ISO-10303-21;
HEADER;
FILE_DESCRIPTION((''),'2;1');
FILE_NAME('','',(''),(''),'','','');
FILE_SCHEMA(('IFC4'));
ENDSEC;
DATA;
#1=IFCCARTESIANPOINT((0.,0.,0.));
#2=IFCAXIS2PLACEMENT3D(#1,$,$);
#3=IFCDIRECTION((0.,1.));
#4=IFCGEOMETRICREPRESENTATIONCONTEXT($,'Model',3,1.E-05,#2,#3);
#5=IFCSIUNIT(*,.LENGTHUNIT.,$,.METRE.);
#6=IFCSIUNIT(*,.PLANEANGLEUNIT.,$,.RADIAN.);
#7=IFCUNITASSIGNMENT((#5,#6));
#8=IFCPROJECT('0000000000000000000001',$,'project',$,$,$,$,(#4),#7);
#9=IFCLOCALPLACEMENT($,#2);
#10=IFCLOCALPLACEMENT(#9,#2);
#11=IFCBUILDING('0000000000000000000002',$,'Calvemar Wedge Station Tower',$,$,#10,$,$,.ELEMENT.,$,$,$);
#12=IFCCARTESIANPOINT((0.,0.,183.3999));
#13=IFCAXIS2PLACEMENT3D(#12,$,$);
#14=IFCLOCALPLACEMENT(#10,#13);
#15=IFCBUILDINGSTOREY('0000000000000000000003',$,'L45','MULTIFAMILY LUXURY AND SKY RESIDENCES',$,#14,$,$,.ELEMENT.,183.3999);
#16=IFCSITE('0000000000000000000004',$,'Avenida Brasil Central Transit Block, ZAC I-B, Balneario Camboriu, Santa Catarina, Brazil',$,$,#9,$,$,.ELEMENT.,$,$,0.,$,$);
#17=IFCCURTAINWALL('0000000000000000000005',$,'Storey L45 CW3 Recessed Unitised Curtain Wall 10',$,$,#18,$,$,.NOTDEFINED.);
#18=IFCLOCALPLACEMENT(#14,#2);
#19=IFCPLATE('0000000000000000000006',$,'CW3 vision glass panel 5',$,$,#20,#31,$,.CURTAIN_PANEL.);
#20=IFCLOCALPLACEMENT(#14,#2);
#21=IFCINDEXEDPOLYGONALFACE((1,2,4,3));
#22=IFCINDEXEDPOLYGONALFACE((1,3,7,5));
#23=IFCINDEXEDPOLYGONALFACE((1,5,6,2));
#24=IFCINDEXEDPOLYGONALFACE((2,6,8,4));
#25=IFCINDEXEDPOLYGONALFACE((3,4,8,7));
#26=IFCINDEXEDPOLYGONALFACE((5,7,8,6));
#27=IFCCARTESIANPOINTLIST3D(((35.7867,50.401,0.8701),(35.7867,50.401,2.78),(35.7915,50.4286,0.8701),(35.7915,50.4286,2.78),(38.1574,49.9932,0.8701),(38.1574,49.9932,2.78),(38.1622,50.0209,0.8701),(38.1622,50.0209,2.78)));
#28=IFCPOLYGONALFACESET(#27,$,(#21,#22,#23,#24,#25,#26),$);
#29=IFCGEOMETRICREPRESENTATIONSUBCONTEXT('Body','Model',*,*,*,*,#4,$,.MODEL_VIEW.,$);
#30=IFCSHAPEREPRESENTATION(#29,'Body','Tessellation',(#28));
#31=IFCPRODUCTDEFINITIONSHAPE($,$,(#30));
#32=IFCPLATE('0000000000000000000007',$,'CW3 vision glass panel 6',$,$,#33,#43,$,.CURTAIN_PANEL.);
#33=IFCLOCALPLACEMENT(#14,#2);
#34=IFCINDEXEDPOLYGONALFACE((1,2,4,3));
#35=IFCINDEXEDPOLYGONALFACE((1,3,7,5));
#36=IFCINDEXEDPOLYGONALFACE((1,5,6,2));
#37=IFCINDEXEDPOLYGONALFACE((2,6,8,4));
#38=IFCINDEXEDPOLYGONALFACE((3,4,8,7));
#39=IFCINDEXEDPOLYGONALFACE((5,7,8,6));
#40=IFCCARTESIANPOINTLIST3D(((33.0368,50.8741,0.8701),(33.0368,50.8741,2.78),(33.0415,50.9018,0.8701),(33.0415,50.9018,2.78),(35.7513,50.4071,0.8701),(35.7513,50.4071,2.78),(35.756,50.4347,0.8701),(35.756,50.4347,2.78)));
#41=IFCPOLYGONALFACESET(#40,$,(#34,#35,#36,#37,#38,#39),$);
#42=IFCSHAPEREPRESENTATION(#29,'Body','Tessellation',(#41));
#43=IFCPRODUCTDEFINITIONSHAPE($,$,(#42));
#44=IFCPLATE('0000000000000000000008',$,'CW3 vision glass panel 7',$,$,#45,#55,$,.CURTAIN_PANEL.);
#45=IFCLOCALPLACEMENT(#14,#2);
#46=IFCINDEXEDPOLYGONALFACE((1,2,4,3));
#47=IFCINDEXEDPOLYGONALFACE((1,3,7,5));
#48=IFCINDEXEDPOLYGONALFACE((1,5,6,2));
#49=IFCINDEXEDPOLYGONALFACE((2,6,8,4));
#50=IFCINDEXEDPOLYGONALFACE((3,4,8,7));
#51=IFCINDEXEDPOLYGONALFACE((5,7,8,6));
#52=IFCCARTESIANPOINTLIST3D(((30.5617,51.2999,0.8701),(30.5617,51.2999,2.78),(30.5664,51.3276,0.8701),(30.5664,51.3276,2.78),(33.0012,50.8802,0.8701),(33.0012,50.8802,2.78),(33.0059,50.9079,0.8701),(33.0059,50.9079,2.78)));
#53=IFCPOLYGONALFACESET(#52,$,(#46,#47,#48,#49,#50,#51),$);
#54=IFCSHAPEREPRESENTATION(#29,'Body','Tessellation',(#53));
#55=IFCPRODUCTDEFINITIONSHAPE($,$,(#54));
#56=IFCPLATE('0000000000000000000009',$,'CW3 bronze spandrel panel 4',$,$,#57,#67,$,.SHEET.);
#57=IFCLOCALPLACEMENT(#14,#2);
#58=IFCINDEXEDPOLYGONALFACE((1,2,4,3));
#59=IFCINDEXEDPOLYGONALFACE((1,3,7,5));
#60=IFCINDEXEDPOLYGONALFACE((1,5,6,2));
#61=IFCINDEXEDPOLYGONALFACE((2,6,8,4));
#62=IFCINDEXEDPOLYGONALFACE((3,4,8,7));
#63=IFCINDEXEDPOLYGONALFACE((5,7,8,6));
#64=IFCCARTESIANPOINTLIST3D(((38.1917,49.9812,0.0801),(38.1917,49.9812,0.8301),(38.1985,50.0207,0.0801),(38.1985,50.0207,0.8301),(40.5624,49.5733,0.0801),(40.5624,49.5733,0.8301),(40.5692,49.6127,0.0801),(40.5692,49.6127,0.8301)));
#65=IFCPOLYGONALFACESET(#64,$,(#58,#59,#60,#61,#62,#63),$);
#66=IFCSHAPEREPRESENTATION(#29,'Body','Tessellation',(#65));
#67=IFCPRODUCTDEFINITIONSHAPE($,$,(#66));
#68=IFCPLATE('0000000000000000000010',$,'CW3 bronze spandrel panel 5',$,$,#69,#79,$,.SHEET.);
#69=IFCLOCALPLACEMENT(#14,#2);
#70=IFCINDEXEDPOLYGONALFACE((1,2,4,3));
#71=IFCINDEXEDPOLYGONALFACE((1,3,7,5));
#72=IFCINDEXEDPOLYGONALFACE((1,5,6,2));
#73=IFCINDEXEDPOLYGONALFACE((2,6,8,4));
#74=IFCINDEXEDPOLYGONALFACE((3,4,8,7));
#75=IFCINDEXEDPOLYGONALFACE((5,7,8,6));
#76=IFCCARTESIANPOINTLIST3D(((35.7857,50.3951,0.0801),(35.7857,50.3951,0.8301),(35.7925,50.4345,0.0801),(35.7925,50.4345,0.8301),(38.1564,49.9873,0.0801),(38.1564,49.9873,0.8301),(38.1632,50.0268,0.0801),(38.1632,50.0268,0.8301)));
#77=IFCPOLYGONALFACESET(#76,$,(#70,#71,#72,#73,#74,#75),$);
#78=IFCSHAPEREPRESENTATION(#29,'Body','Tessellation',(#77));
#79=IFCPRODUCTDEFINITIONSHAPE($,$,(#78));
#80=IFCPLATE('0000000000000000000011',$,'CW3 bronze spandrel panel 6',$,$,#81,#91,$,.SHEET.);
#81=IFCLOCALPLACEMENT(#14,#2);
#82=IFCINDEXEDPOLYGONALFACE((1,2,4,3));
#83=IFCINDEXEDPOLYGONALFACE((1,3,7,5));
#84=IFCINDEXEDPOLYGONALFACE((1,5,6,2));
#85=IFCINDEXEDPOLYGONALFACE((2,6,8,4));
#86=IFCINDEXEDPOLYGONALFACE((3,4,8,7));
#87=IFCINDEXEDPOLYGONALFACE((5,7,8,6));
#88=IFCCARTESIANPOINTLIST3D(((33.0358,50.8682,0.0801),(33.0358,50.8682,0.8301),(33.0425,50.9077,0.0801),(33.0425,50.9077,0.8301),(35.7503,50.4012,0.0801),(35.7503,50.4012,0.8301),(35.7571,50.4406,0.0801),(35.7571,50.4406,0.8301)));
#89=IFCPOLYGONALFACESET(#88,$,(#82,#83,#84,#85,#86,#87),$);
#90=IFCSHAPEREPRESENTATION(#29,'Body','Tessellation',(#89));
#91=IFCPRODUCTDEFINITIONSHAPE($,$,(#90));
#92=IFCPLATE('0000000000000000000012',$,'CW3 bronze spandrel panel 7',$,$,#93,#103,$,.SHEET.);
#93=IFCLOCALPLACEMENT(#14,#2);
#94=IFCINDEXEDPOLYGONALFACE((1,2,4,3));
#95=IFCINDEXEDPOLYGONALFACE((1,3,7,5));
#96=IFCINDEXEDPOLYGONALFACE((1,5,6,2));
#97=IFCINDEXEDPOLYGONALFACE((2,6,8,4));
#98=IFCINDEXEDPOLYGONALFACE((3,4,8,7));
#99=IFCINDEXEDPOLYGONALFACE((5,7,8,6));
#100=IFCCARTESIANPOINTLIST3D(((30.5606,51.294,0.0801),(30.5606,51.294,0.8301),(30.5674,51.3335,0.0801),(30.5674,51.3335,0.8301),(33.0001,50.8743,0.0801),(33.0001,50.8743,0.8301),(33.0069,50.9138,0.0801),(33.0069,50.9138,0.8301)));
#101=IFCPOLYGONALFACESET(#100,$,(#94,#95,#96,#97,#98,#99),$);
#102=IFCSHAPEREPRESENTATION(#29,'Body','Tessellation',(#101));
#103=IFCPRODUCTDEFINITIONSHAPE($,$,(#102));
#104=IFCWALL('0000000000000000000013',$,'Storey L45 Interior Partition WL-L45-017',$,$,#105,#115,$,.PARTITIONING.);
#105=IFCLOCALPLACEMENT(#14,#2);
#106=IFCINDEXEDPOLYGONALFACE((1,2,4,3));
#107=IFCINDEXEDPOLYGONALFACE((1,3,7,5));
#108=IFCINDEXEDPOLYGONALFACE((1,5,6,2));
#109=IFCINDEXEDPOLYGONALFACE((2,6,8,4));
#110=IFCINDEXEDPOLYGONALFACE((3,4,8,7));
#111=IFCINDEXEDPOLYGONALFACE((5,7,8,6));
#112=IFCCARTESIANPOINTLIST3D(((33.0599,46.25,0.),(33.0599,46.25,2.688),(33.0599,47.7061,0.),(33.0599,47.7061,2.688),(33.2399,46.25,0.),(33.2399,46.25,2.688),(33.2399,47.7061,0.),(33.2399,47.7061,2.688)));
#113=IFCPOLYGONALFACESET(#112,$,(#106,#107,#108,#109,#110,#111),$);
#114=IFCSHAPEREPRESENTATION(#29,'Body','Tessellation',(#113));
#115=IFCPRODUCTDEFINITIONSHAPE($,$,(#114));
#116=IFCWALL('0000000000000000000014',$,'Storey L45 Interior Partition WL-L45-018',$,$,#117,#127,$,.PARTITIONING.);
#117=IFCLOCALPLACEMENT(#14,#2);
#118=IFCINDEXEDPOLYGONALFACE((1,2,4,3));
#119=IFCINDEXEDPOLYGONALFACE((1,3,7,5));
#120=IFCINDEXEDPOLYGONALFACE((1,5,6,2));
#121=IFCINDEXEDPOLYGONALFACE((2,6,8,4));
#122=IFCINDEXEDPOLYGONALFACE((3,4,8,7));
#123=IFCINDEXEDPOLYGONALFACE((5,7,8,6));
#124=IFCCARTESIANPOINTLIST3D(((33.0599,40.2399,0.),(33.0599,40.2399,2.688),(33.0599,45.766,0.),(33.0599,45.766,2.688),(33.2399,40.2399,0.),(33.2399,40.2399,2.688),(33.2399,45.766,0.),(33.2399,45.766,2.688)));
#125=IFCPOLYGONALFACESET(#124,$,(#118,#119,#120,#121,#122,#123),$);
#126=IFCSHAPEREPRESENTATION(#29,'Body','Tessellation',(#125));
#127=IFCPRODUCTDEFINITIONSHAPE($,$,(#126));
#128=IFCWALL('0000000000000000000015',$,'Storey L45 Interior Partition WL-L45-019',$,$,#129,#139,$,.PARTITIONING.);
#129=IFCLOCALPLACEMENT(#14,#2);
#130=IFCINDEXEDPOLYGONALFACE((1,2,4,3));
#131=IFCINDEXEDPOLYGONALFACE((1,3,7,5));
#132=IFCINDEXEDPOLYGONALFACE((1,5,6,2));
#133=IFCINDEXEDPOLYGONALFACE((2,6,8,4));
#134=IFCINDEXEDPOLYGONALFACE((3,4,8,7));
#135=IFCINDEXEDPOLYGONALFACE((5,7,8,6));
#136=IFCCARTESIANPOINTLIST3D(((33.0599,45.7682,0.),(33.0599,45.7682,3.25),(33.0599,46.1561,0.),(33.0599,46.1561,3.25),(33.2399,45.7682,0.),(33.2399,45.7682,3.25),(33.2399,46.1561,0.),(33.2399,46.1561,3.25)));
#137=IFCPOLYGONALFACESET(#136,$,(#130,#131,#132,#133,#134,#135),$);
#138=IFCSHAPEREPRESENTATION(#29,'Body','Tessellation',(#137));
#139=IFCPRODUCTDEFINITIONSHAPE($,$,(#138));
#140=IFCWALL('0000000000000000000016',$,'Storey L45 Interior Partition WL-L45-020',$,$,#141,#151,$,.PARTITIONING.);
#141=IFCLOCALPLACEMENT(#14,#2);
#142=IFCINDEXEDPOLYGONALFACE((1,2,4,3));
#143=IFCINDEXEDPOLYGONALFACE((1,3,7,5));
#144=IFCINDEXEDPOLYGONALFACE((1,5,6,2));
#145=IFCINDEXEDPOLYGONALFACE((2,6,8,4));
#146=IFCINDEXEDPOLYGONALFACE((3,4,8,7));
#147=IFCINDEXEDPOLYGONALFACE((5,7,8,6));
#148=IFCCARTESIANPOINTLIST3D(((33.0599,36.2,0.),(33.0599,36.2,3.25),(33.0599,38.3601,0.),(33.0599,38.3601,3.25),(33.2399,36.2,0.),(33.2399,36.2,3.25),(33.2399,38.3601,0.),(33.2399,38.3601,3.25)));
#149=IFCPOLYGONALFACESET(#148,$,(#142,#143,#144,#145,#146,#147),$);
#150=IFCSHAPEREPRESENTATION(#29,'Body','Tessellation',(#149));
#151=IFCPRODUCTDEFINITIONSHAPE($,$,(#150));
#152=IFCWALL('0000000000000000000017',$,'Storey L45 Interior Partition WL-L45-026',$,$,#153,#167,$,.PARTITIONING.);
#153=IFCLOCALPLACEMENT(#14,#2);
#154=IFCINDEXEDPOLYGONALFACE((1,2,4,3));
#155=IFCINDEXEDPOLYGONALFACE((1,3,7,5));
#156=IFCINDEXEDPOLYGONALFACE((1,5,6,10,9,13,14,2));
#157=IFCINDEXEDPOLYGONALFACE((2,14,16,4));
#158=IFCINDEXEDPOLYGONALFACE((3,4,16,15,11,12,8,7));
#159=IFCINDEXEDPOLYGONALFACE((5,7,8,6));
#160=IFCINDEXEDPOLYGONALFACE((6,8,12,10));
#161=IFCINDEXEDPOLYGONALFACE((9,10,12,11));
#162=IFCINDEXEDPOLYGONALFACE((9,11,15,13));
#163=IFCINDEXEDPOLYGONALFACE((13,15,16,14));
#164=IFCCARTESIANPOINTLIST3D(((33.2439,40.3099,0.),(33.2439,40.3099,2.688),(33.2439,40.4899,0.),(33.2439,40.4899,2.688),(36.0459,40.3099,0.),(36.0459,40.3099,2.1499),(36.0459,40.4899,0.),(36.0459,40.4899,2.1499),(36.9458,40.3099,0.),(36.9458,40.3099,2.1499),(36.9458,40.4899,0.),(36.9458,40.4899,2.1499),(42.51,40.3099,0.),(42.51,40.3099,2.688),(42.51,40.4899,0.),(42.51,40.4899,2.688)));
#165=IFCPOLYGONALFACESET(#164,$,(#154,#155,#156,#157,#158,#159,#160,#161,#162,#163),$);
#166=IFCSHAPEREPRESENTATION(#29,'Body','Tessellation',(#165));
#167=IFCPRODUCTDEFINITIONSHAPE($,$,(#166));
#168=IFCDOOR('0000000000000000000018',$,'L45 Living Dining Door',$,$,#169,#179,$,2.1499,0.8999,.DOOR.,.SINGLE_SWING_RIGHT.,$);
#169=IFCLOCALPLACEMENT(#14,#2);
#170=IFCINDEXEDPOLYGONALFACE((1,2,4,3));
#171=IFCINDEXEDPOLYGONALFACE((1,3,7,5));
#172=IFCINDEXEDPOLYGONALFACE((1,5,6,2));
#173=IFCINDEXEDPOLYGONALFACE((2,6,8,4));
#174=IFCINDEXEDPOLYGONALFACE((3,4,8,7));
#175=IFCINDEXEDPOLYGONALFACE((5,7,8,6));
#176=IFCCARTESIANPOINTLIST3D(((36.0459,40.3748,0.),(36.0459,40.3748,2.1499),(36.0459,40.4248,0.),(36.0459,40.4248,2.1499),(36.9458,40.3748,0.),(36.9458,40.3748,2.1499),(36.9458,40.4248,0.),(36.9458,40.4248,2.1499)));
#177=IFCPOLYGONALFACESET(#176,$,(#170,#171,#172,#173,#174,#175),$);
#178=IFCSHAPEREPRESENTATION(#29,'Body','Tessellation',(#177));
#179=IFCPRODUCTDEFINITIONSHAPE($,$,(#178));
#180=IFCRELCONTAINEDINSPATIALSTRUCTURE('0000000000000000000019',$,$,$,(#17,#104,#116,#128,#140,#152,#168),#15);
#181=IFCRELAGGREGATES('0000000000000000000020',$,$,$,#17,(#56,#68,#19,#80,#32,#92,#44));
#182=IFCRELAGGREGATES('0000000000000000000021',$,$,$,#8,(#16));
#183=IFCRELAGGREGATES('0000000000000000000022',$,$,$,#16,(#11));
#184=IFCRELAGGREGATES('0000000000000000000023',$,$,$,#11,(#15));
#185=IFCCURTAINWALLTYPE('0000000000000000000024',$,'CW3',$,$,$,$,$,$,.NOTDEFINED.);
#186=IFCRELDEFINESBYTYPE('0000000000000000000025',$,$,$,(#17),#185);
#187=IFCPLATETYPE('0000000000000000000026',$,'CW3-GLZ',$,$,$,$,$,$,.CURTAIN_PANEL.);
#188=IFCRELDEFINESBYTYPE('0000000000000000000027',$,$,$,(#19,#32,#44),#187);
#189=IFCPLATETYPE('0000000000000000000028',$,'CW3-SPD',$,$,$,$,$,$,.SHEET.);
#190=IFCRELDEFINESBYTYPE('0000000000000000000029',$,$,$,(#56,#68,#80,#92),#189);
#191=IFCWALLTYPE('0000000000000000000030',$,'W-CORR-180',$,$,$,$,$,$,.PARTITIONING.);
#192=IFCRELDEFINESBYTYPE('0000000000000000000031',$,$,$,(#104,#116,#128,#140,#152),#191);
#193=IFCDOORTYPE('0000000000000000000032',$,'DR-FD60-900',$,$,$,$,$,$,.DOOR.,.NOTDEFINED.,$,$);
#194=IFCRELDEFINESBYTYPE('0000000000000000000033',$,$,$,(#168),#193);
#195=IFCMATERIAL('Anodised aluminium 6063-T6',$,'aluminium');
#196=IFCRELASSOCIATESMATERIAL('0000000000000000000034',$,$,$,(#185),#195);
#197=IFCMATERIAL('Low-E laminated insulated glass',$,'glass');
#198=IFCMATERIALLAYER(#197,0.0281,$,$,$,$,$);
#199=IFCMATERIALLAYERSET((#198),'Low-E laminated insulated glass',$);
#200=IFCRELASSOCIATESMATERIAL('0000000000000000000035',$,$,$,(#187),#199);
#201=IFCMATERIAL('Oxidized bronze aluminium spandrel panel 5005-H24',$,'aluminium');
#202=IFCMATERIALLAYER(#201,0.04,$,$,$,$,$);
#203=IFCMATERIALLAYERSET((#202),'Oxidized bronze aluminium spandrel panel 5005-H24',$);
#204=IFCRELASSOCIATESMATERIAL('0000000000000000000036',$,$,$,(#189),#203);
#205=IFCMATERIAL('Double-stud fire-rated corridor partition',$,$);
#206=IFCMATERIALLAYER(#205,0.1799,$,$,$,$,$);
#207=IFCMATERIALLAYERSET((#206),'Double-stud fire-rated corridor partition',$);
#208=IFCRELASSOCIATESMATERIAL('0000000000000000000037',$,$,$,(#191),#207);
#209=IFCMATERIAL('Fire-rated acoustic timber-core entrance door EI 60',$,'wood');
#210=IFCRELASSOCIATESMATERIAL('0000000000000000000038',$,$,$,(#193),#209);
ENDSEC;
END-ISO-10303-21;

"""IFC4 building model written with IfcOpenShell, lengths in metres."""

from ifc_helpers import new_model, si_unit, direction, frame, frame_2d, origin, place, context, subcontext, project, spatial, rectangle, extrude, source, transform, mapped, material, layer, layer_set, type_object, element, fill, aggregate, save


model = new_model("IFC4")

# Units and contexts
model_context = context("Model", 3, precision=1e-05, world=origin(), true_north=direction((0.0, 1.0)))
body_context = subcontext(model_context, "Body", "Model", "MODEL_VIEW")
ifc_project = project(units=[si_unit("LENGTHUNIT", "METRE"), si_unit("PLANEANGLEUNIT", "RADIAN")], contexts=[model_context])

# Site, building, storey
site_placement = place(None, origin())
site = spatial("IfcSite", under=ifc_project, at=site_placement, Name="Avenida Brasil Central Transit Block, ZAC I-B, Balneario Camboriu, Santa Catarina, Brazil", CompositionType="ELEMENT", RefElevation=0.0)
building_placement = place(site_placement, origin())
building = spatial("IfcBuilding", under=site, at=building_placement, Name="Calvemar Wedge Station Tower", CompositionType="ELEMENT")
storey_placement = place(building_placement, frame((0.0, 0.0, 183.3999)))
storey = spatial("IfcBuildingStorey", under=building, at=storey_placement, Name="L45", Description="MULTIFAMILY LUXURY AND SKY RESIDENCES", CompositionType="ELEMENT", Elevation=183.3999)

# Curtain wall, plates
ifc_material_1 = material(Name="Anodised aluminium 6063-T6", Category="aluminium")
curtain_wall_type = type_object("IfcCurtainWallType", Name="CW3", PredefinedType="NOTDEFINED", material=ifc_material_1)
curtain_wall_placement = place(storey_placement, origin())
curtain_wall = element("IfcCurtainWall", 1, at=curtain_wall_placement, inside=storey, type_object=curtain_wall_type, Name="Storey L45 CW3 Recessed Unitised Curtain Wall 10", PredefinedType="NOTDEFINED")
ifc_material_2 = material(Name="Low-E laminated insulated glass", Category="glass")
ifc_layer_1 = layer(ifc_material_2, 0.0281)
ifc_layer_set_1 = layer_set([ifc_layer_1], Name="Low-E laminated insulated glass")
plate_type_1 = type_object("IfcPlateType", Name="CW3-GLZ", PredefinedType="CURTAIN_PANEL", material=ifc_layer_set_1)
plate_1_placement = place(storey_placement, frame((38.1597, 50.0071, 0.8701), z_axis=(0.0, 0.0, 1.0), x_axis=(-0.98553, 0.169499, 0.0)))
plate_1 = element("IfcPlate", 2, at=plate_1_placement, type_object=plate_type_1, Name="CW3 vision glass panel 5", PredefinedType="CURTAIN_PANEL", context=body_context, shape_type="SweptSolid", body=[
    extrude(rectangle(XDim=2.4055, YDim=0.0281, at=frame_2d((1.2026, 0.0))), origin(), (0.0, 0.0, 1.0), 1.9099),
])
plate_2_placement = place(storey_placement, frame((35.7537, 50.4209, 0.8701), z_axis=(0.0, 0.0, 1.0), x_axis=(-0.98552, 0.169557, 0.0)))
plate_2 = element("IfcPlate", 3, at=plate_2_placement, type_object=plate_type_1, Name="CW3 vision glass panel 6", PredefinedType="CURTAIN_PANEL", context=body_context, shape_type="SweptSolid", body=[
    extrude(rectangle(XDim=2.7544, YDim=0.0281, at=frame_2d((1.3772, 0.0))), origin(), (0.0, 0.0, 1.0), 1.9099),
])
plate_3_placement = place(storey_placement, frame((33.0037, 50.894, 0.8701), z_axis=(0.0, 0.0, 1.0), x_axis=(-0.985522, 0.169547, 0.0)))
plate_3 = element("IfcPlate", 4, at=plate_3_placement, type_object=plate_type_1, Name="CW3 vision glass panel 7", PredefinedType="CURTAIN_PANEL", context=body_context, shape_type="SweptSolid", body=[
    extrude(rectangle(XDim=2.4753, YDim=0.0281, at=frame_2d((1.2378, 0.0))), origin(), (0.0, 0.0, 1.0), 1.9099),
])
ifc_material_3 = material(Name="Oxidized bronze aluminium spandrel panel 5005-H24", Category="aluminium")
ifc_layer_2 = layer(ifc_material_3, 0.04)
ifc_layer_set_2 = layer_set([ifc_layer_2], Name="Oxidized bronze aluminium spandrel panel 5005-H24")
plate_type_2 = type_object("IfcPlateType", Name="CW3-SPD", PredefinedType="SHEET", material=ifc_layer_set_2)
plate_4_placement = place(storey_placement, frame((40.5657, 49.593, 0.0801), z_axis=(0.0, 0.0, 1.0), x_axis=(-0.985513, 0.169598, 0.0)))
plate_4 = element("IfcPlate", 5, at=plate_4_placement, type_object=plate_type_2, Name="CW3 bronze spandrel panel 4", PredefinedType="SHEET", context=body_context, shape_type="SweptSolid", body=[
    extrude(rectangle(XDim=2.4055, YDim=0.04, at=frame_2d((1.2026, 0.0))), origin(), (0.0, 0.0, 1.0), 0.75),
])
plate_5_placement = place(storey_placement, frame((38.1597, 50.0071, 0.0801), z_axis=(0.0, 0.0, 1.0), x_axis=(-0.98553, 0.169499, 0.0)))
plate_5 = element("IfcPlate", 6, at=plate_5_placement, type_object=plate_type_2, Name="CW3 bronze spandrel panel 5", PredefinedType="SHEET", context=body_context, shape_type="SweptSolid", body=[
    extrude(rectangle(XDim=2.4055, YDim=0.04, at=frame_2d((1.2026, 0.0))), origin(), (0.0, 0.0, 1.0), 0.75),
])
plate_6_placement = place(storey_placement, frame((35.7537, 50.4209, 0.0801), z_axis=(0.0, 0.0, 1.0), x_axis=(-0.98552, 0.169557, 0.0)))
plate_6 = element("IfcPlate", 7, at=plate_6_placement, type_object=plate_type_2, Name="CW3 bronze spandrel panel 6", PredefinedType="SHEET", context=body_context, shape_type="SweptSolid", body=[
    extrude(rectangle(XDim=2.7544, YDim=0.04, at=frame_2d((1.3772, 0.0))), origin(), (0.0, 0.0, 1.0), 0.75),
])
plate_7_placement = place(storey_placement, frame((33.0037, 50.894, 0.0801), z_axis=(0.0, 0.0, 1.0), x_axis=(-0.985522, 0.169547, 0.0)))
plate_7 = element("IfcPlate", 8, at=plate_7_placement, type_object=plate_type_2, Name="CW3 bronze spandrel panel 7", PredefinedType="SHEET", context=body_context, shape_type="SweptSolid", body=[
    extrude(rectangle(XDim=2.4753, YDim=0.04, at=frame_2d((1.2378, 0.0))), origin(), (0.0, 0.0, 1.0), 0.75),
])
aggregate(curtain_wall, [plate_4, plate_5, plate_1, plate_6, plate_2, plate_7, plate_3])

# Walls
ifc_material_4 = material(Name="Double-stud fire-rated corridor partition")
ifc_layer_3 = layer(ifc_material_4, 0.1799)
ifc_layer_set_3 = layer_set([ifc_layer_3], Name="Double-stud fire-rated corridor partition")
wall_type_1 = type_object("IfcWallType", Name="W-CORR-180", PredefinedType="PARTITIONING", material=ifc_layer_set_3)
wall_1_placement = place(storey_placement, frame((33.1499, 47.7061, 0.0), z_axis=(0.0, 0.0, 1.0), x_axis=(0.0, -1.0, 0.0)))
element("IfcWall", 9, at=wall_1_placement, inside=storey, type_object=wall_type_1, Name="Storey L45 Interior Partition WL-L45-017", PredefinedType="PARTITIONING", context=body_context, shape_type="SweptSolid", body=[
    extrude(rectangle(XDim=1.4561, YDim=0.1799, at=frame_2d((0.728, 0.0))), origin(), (0.0, 0.0, 1.0), 2.688),
])
wall_2_placement = place(storey_placement, frame((33.1499, 45.7661, 0.0), z_axis=(0.0, 0.0, 1.0), x_axis=(0.0, -1.0, 0.0)))
element("IfcWall", 10, at=wall_2_placement, inside=storey, type_object=wall_type_1, Name="Storey L45 Interior Partition WL-L45-018", PredefinedType="PARTITIONING", context=body_context, shape_type="SweptSolid", body=[
    extrude(rectangle(XDim=5.5261, YDim=0.1799, at=frame_2d((2.7632, 0.0))), origin(), (0.0, 0.0, 1.0), 2.688),
])
wall_3_placement = place(storey_placement, frame((33.1499, 46.156, 0.0), z_axis=(0.0, 0.0, 1.0), x_axis=(0.0, -1.0, 0.0)))
element("IfcWall", 11, at=wall_3_placement, inside=storey, type_object=wall_type_1, Name="Storey L45 Interior Partition WL-L45-019", PredefinedType="PARTITIONING", context=body_context, shape_type="SweptSolid", body=[
    extrude(rectangle(XDim=0.3879, YDim=0.1799, at=frame_2d((0.1938, 0.0))), origin(), (0.0, 0.0, 1.0), 3.25),
])
wall_4_placement = place(storey_placement, frame((33.1499, 38.3601, 0.0), z_axis=(0.0, 0.0, 1.0), x_axis=(0.0, -1.0, 0.0)))
element("IfcWall", 12, at=wall_4_placement, inside=storey, type_object=wall_type_1, Name="Storey L45 Interior Partition WL-L45-020", PredefinedType="PARTITIONING", context=body_context, shape_type="SweptSolid", body=[
    extrude(rectangle(XDim=2.1602, YDim=0.1799, at=frame_2d((1.0801, 0.0))), origin(), (0.0, 0.0, 1.0), 3.25),
])

# Wall, opening, door
wall_5_placement = place(storey_placement, frame((33.2439, 40.3999, 0.0), z_axis=(0.0, 0.0, 1.0), x_axis=(1.0, 0.0, 0.0)))
wall_5 = element("IfcWall", 13, at=wall_5_placement, inside=storey, type_object=wall_type_1, Name="Storey L45 Interior Partition WL-L45-026", PredefinedType="PARTITIONING", context=body_context, shape_type="SweptSolid", body=[
    extrude(rectangle(XDim=9.2661, YDim=0.1799, at=frame_2d((4.6331, 0.0))), origin(), (0.0, 0.0, 1.0), 2.688),
])
shared_shape_1 = source(origin(), body_context, "Body", "SweptSolid", [
    extrude(rectangle(XDim=0.8999, YDim=2.1499, at=frame_2d((0.45, 1.075))), frame((0.0, 0.1001, 0.0), z_axis=(0.0, -1.0, 0.0), x_axis=(1.0, 0.0, 0.0)), (0.0, 0.0, 1.0), 0.2),
])
opening_1_placement = place(wall_5_placement, frame((2.802, 0.0, 0.0)))
opening_1 = element("IfcOpeningElement", 14, at=opening_1_placement, cuts=wall_5, PredefinedType="OPENING", context=body_context, shape_type="MappedRepresentation", body=[
    mapped(shared_shape_1, transform((0.0, 0.0, 0.0), scale=1.0)),
])
ifc_material_5 = material(Name="Fire-rated acoustic timber-core entrance door EI 60", Category="wood")
door_type_1 = type_object("IfcDoorType", Name="DR-FD60-900", OperationType="NOTDEFINED", PredefinedType="DOOR", material=ifc_material_5)
shared_shape_2 = source(origin(), body_context, "Body", "SweptSolid", [
    extrude(rectangle(XDim=0.8999, YDim=2.1499, at=frame_2d((0.45, 1.075))), frame((0.0, 0.0249, 0.0), z_axis=(0.0, -1.0, 0.0), x_axis=(1.0, 0.0, 0.0)), (0.0, 0.0, 1.0), 0.05),
])
door_1_placement = place(opening_1_placement, origin())
door_1 = element("IfcDoor", 15, at=door_1_placement, inside=storey, type_object=door_type_1, Name="L45 Living Dining Door", OperationType="SINGLE_SWING_RIGHT", OverallHeight=2.1499, OverallWidth=0.8999, PredefinedType="DOOR", context=body_context, shape_type="MappedRepresentation", body=[
    mapped(shared_shape_2, transform((0.0, 0.0, 0.0), scale=1.0)),
])
fill(opening_1, door_1)

save(model, "model.ifc")
